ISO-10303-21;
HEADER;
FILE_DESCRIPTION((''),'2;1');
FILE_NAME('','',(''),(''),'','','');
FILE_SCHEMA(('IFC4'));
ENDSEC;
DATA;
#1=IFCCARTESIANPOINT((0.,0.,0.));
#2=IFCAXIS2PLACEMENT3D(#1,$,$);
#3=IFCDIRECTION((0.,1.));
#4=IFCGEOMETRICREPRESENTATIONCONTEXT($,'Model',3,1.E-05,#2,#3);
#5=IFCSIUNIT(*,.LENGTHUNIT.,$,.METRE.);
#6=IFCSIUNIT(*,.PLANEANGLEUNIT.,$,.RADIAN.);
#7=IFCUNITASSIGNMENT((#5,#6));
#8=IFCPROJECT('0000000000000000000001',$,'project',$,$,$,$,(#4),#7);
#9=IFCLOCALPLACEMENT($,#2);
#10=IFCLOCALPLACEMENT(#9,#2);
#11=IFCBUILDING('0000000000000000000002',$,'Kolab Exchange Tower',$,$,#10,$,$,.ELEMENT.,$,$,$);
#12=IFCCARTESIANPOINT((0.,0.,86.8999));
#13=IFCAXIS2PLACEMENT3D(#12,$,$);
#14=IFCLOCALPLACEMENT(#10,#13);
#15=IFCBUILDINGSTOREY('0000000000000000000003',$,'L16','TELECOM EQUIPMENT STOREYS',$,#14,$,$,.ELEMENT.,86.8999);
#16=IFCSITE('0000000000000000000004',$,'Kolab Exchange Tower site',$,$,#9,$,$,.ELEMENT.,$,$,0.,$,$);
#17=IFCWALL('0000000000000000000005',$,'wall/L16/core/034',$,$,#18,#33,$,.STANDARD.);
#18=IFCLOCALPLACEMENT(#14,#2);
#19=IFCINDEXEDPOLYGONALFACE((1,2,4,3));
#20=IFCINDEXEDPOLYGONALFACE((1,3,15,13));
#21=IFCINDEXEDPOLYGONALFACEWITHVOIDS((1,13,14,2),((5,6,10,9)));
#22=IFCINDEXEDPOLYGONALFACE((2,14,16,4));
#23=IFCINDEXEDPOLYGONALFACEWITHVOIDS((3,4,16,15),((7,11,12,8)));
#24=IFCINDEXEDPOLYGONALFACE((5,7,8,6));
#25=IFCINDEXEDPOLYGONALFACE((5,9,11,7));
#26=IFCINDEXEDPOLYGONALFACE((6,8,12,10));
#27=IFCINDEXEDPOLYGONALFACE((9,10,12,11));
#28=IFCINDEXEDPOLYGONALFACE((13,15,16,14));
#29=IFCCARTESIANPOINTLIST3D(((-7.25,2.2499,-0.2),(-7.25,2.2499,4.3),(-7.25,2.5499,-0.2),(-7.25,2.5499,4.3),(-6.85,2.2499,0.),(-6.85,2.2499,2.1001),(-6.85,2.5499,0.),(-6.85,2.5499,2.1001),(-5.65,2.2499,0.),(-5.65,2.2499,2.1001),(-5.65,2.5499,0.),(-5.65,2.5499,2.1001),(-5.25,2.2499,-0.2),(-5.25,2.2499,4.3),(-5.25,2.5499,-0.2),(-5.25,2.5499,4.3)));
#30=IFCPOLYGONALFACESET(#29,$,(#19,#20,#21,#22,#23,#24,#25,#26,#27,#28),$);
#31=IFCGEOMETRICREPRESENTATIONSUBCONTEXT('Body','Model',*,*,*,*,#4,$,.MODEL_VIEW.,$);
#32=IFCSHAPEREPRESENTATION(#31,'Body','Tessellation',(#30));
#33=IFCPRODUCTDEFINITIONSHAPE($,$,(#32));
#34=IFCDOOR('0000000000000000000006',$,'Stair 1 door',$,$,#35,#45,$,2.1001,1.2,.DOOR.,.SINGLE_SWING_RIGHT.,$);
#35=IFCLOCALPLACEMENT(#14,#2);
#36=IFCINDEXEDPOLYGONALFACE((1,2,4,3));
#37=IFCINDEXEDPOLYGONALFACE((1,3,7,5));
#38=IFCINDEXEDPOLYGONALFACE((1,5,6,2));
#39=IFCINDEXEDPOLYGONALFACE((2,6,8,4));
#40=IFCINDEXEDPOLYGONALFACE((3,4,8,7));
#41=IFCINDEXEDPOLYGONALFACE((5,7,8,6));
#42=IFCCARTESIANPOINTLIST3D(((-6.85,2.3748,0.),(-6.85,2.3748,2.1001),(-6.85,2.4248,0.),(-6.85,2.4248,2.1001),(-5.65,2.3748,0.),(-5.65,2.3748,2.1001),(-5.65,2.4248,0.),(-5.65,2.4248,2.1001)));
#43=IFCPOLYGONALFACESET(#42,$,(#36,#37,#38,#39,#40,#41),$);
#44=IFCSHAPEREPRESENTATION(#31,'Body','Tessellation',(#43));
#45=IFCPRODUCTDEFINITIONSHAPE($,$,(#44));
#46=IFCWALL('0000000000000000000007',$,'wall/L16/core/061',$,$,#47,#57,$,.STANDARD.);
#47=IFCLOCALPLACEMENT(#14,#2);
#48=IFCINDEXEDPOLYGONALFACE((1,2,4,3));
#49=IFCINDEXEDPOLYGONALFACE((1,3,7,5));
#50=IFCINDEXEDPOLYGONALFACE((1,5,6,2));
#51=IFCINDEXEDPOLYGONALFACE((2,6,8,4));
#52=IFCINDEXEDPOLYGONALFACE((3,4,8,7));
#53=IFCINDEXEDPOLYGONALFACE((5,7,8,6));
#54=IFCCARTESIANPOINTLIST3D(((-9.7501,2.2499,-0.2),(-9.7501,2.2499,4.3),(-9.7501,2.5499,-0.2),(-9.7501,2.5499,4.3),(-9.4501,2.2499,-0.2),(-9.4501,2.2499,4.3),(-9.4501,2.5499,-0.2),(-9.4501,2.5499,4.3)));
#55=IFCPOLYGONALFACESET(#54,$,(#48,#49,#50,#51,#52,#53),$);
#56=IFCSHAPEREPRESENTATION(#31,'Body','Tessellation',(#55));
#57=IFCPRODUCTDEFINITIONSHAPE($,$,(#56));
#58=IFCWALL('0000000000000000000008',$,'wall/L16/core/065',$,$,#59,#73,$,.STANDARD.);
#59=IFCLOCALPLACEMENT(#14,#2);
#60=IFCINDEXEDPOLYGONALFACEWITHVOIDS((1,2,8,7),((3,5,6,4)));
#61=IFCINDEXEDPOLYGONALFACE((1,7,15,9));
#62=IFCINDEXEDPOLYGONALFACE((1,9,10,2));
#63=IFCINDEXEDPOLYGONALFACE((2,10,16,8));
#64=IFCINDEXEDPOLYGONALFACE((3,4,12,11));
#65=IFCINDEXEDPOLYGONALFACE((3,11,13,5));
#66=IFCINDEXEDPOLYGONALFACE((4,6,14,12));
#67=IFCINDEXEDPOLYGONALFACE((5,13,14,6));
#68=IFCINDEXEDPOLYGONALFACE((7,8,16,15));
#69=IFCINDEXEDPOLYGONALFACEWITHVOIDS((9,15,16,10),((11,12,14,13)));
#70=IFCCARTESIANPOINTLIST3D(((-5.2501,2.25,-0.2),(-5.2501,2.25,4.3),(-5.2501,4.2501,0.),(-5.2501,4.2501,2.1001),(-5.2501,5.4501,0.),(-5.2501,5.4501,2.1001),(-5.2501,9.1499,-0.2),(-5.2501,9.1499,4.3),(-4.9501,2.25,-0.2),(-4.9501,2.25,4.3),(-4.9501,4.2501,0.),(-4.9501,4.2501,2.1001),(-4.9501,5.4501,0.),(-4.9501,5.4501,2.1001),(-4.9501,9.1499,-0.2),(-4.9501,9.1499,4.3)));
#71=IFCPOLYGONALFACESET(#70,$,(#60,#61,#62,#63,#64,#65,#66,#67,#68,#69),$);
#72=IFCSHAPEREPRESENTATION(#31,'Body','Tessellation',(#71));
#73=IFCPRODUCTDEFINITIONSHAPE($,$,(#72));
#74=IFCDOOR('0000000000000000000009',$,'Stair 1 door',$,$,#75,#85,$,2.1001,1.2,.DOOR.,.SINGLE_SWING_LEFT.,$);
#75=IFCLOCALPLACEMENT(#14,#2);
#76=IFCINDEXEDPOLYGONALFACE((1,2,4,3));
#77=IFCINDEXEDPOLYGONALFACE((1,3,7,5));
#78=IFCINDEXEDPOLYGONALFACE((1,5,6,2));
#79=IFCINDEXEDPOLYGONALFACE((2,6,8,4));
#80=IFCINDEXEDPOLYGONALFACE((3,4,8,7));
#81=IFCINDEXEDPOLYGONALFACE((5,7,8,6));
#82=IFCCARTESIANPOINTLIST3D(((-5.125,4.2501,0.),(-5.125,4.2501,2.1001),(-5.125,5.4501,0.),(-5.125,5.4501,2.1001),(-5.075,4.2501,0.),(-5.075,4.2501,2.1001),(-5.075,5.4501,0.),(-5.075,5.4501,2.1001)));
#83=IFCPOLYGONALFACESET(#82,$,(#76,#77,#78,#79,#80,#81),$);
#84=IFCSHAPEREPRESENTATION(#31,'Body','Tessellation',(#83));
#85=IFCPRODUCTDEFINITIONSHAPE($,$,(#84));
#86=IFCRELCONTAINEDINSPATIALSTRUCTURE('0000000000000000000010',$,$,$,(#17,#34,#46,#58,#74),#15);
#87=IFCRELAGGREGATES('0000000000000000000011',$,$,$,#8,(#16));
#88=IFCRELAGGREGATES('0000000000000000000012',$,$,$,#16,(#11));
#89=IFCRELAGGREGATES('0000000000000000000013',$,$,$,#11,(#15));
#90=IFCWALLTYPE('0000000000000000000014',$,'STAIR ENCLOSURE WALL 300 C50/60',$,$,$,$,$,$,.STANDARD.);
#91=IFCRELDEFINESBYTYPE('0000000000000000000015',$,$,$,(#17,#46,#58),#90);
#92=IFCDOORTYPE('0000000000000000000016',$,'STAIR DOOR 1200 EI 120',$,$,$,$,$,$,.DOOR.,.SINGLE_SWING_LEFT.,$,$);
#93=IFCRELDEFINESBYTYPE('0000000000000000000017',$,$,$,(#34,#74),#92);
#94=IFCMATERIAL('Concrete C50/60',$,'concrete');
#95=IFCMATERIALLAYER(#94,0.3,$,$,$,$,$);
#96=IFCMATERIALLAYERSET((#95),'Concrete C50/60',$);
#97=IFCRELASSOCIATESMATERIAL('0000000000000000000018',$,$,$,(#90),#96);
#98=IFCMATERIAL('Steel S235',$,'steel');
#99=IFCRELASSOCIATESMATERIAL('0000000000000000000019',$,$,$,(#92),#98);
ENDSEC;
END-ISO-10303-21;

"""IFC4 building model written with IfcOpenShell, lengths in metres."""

from ifc_helpers import new_model, si_unit, direction, frame, frame_2d, origin, place, context, subcontext, project, spatial, rectangle, extrude, material, layer, layer_set, type_object, element, fill, save


model = new_model("IFC4")

# Units and contexts
model_context = context("Model", 3, precision=1e-05, world=origin(), true_north=direction((0.0, 1.0)))
body_context = subcontext(model_context, "Body", "Model", "MODEL_VIEW")
ifc_project = project(units=[si_unit("LENGTHUNIT", "METRE"), si_unit("PLANEANGLEUNIT", "RADIAN")], contexts=[model_context])

# Site, building, storey
site_placement = place(None, origin())
site = spatial("IfcSite", under=ifc_project, at=site_placement, Name="Kolab Exchange Tower site", CompositionType="ELEMENT", RefElevation=0.0)
building_placement = place(site_placement, origin())
building = spatial("IfcBuilding", under=site, at=building_placement, Name="Kolab Exchange Tower", CompositionType="ELEMENT")
storey_placement = place(building_placement, frame((0.0, 0.0, 86.8999)))
storey = spatial("IfcBuildingStorey", under=building, at=storey_placement, Name="L16", Description="TELECOM EQUIPMENT STOREYS", CompositionType="ELEMENT", Elevation=86.8999)

# Shared definitions
ifc_material_1 = material(Name="Concrete C50/60", Category="concrete")

# Shared definitions
ifc_material_2 = material(Name="Steel S235", Category="steel")

# Shared definitions
ifc_layer_1 = layer(ifc_material_1, 0.3)
ifc_layer_set_1 = layer_set([ifc_layer_1], Name="Concrete C50/60")
wall_type_1 = type_object("IfcWallType", Name="STAIR ENCLOSURE WALL 300 C50/60", PredefinedType="STANDARD", material=ifc_layer_set_1)

# Wall, opening, door
wall_1_placement = place(storey_placement, frame((-7.25, 2.3999, -0.2), z_axis=(0.0, 0.0, 1.0), x_axis=(1.0, 0.0, 0.0)))
wall_1 = element("IfcWall", 1, at=wall_1_placement, inside=storey, type_object=wall_type_1, Name="wall/L16/core/034", PredefinedType="STANDARD", context=body_context, shape_type="SweptSolid", body=[
    extrude(rectangle(XDim=2.0, YDim=0.3, at=frame_2d((1.0, 0.0))), origin(), (0.0, 0.0, 1.0), 4.5),
])
opening_1_placement = place(wall_1_placement, frame((0.3999, 0.0, 0.2)))
opening_1 = element("IfcOpeningElement", 2, at=opening_1_placement, cuts=wall_1, PredefinedType="OPENING", context=body_context, shape_type="SweptSolid", body=[
    extrude(rectangle(XDim=1.2, YDim=2.1001, at=frame_2d((0.6001, 1.05))), frame((0.0, 0.1602, 0.0), z_axis=(0.0, -1.0, 0.0), x_axis=(1.0, 0.0, 0.0)), (0.0, 0.0, 1.0), 0.3201),
])
door_type_1 = type_object("IfcDoorType", Name="STAIR DOOR 1200 EI 120", OperationType="SINGLE_SWING_LEFT", PredefinedType="DOOR", material=ifc_material_2)
door_1_placement = place(opening_1_placement, origin())
door_1 = element("IfcDoor", 3, at=door_1_placement, inside=storey, type_object=door_type_1, Name="Stair 1 door", OperationType="SINGLE_SWING_RIGHT", OverallHeight=2.1001, OverallWidth=1.2, PredefinedType="DOOR", context=body_context, shape_type="SweptSolid", body=[
    extrude(rectangle(XDim=1.2, YDim=2.1001, at=frame_2d((0.6001, 1.05))), frame((0.0, 0.0249, 0.0), z_axis=(0.0, -1.0, 0.0), x_axis=(1.0, 0.0, 0.0)), (0.0, 0.0, 1.0), 0.05),
])
fill(opening_1, door_1)

# Wall
wall_2_placement = place(storey_placement, frame((-9.6001, 2.25, -0.2), z_axis=(0.0, 0.0, 1.0), x_axis=(0.0, 1.0, 0.0)))
element("IfcWall", 4, at=wall_2_placement, inside=storey, type_object=wall_type_1, Name="wall/L16/core/061", PredefinedType="STANDARD", context=body_context, shape_type="SweptSolid", body=[
    extrude(rectangle(XDim=0.3, YDim=0.3, at=frame_2d((0.1499, 0.0))), origin(), (0.0, 0.0, 1.0), 4.5),
])

# Wall, opening, door
wall_3_placement = place(storey_placement, frame((-5.1001, 2.25, -0.2), z_axis=(0.0, 0.0, 1.0), x_axis=(0.0, 1.0, 0.0)))
wall_3 = element("IfcWall", 5, at=wall_3_placement, inside=storey, type_object=wall_type_1, Name="wall/L16/core/065", PredefinedType="STANDARD", context=body_context, shape_type="SweptSolid", body=[
    extrude(rectangle(XDim=6.8999, YDim=0.3, at=frame_2d((3.45, 0.0))), origin(), (0.0, 0.0, 1.0), 4.5),
])
opening_2_placement = place(wall_3_placement, frame((2.0, 0.0, 0.2)))
opening_2 = element("IfcOpeningElement", 6, at=opening_2_placement, cuts=wall_3, PredefinedType="OPENING", context=body_context, shape_type="SweptSolid", body=[
    extrude(rectangle(XDim=1.2, YDim=2.1001, at=frame_2d((0.6001, 1.05))), frame((0.0, 0.1602, 0.0), z_axis=(0.0, -1.0, 0.0), x_axis=(1.0, 0.0, 0.0)), (0.0, 0.0, 1.0), 0.3201),
])
door_2_placement = place(opening_2_placement, origin())
door_2 = element("IfcDoor", 7, at=door_2_placement, inside=storey, type_object=door_type_1, Name="Stair 1 door", OperationType="SINGLE_SWING_LEFT", OverallHeight=2.1001, OverallWidth=1.2, PredefinedType="DOOR", context=body_context, shape_type="SweptSolid", body=[
    extrude(rectangle(XDim=1.2, YDim=2.1001, at=frame_2d((0.6001, 1.05))), frame((0.0, 0.0249, 0.0), z_axis=(0.0, -1.0, 0.0), x_axis=(1.0, 0.0, 0.0)), (0.0, 0.0, 1.0), 0.05),
])
fill(opening_2, door_2)

save(model, "model.ifc")
